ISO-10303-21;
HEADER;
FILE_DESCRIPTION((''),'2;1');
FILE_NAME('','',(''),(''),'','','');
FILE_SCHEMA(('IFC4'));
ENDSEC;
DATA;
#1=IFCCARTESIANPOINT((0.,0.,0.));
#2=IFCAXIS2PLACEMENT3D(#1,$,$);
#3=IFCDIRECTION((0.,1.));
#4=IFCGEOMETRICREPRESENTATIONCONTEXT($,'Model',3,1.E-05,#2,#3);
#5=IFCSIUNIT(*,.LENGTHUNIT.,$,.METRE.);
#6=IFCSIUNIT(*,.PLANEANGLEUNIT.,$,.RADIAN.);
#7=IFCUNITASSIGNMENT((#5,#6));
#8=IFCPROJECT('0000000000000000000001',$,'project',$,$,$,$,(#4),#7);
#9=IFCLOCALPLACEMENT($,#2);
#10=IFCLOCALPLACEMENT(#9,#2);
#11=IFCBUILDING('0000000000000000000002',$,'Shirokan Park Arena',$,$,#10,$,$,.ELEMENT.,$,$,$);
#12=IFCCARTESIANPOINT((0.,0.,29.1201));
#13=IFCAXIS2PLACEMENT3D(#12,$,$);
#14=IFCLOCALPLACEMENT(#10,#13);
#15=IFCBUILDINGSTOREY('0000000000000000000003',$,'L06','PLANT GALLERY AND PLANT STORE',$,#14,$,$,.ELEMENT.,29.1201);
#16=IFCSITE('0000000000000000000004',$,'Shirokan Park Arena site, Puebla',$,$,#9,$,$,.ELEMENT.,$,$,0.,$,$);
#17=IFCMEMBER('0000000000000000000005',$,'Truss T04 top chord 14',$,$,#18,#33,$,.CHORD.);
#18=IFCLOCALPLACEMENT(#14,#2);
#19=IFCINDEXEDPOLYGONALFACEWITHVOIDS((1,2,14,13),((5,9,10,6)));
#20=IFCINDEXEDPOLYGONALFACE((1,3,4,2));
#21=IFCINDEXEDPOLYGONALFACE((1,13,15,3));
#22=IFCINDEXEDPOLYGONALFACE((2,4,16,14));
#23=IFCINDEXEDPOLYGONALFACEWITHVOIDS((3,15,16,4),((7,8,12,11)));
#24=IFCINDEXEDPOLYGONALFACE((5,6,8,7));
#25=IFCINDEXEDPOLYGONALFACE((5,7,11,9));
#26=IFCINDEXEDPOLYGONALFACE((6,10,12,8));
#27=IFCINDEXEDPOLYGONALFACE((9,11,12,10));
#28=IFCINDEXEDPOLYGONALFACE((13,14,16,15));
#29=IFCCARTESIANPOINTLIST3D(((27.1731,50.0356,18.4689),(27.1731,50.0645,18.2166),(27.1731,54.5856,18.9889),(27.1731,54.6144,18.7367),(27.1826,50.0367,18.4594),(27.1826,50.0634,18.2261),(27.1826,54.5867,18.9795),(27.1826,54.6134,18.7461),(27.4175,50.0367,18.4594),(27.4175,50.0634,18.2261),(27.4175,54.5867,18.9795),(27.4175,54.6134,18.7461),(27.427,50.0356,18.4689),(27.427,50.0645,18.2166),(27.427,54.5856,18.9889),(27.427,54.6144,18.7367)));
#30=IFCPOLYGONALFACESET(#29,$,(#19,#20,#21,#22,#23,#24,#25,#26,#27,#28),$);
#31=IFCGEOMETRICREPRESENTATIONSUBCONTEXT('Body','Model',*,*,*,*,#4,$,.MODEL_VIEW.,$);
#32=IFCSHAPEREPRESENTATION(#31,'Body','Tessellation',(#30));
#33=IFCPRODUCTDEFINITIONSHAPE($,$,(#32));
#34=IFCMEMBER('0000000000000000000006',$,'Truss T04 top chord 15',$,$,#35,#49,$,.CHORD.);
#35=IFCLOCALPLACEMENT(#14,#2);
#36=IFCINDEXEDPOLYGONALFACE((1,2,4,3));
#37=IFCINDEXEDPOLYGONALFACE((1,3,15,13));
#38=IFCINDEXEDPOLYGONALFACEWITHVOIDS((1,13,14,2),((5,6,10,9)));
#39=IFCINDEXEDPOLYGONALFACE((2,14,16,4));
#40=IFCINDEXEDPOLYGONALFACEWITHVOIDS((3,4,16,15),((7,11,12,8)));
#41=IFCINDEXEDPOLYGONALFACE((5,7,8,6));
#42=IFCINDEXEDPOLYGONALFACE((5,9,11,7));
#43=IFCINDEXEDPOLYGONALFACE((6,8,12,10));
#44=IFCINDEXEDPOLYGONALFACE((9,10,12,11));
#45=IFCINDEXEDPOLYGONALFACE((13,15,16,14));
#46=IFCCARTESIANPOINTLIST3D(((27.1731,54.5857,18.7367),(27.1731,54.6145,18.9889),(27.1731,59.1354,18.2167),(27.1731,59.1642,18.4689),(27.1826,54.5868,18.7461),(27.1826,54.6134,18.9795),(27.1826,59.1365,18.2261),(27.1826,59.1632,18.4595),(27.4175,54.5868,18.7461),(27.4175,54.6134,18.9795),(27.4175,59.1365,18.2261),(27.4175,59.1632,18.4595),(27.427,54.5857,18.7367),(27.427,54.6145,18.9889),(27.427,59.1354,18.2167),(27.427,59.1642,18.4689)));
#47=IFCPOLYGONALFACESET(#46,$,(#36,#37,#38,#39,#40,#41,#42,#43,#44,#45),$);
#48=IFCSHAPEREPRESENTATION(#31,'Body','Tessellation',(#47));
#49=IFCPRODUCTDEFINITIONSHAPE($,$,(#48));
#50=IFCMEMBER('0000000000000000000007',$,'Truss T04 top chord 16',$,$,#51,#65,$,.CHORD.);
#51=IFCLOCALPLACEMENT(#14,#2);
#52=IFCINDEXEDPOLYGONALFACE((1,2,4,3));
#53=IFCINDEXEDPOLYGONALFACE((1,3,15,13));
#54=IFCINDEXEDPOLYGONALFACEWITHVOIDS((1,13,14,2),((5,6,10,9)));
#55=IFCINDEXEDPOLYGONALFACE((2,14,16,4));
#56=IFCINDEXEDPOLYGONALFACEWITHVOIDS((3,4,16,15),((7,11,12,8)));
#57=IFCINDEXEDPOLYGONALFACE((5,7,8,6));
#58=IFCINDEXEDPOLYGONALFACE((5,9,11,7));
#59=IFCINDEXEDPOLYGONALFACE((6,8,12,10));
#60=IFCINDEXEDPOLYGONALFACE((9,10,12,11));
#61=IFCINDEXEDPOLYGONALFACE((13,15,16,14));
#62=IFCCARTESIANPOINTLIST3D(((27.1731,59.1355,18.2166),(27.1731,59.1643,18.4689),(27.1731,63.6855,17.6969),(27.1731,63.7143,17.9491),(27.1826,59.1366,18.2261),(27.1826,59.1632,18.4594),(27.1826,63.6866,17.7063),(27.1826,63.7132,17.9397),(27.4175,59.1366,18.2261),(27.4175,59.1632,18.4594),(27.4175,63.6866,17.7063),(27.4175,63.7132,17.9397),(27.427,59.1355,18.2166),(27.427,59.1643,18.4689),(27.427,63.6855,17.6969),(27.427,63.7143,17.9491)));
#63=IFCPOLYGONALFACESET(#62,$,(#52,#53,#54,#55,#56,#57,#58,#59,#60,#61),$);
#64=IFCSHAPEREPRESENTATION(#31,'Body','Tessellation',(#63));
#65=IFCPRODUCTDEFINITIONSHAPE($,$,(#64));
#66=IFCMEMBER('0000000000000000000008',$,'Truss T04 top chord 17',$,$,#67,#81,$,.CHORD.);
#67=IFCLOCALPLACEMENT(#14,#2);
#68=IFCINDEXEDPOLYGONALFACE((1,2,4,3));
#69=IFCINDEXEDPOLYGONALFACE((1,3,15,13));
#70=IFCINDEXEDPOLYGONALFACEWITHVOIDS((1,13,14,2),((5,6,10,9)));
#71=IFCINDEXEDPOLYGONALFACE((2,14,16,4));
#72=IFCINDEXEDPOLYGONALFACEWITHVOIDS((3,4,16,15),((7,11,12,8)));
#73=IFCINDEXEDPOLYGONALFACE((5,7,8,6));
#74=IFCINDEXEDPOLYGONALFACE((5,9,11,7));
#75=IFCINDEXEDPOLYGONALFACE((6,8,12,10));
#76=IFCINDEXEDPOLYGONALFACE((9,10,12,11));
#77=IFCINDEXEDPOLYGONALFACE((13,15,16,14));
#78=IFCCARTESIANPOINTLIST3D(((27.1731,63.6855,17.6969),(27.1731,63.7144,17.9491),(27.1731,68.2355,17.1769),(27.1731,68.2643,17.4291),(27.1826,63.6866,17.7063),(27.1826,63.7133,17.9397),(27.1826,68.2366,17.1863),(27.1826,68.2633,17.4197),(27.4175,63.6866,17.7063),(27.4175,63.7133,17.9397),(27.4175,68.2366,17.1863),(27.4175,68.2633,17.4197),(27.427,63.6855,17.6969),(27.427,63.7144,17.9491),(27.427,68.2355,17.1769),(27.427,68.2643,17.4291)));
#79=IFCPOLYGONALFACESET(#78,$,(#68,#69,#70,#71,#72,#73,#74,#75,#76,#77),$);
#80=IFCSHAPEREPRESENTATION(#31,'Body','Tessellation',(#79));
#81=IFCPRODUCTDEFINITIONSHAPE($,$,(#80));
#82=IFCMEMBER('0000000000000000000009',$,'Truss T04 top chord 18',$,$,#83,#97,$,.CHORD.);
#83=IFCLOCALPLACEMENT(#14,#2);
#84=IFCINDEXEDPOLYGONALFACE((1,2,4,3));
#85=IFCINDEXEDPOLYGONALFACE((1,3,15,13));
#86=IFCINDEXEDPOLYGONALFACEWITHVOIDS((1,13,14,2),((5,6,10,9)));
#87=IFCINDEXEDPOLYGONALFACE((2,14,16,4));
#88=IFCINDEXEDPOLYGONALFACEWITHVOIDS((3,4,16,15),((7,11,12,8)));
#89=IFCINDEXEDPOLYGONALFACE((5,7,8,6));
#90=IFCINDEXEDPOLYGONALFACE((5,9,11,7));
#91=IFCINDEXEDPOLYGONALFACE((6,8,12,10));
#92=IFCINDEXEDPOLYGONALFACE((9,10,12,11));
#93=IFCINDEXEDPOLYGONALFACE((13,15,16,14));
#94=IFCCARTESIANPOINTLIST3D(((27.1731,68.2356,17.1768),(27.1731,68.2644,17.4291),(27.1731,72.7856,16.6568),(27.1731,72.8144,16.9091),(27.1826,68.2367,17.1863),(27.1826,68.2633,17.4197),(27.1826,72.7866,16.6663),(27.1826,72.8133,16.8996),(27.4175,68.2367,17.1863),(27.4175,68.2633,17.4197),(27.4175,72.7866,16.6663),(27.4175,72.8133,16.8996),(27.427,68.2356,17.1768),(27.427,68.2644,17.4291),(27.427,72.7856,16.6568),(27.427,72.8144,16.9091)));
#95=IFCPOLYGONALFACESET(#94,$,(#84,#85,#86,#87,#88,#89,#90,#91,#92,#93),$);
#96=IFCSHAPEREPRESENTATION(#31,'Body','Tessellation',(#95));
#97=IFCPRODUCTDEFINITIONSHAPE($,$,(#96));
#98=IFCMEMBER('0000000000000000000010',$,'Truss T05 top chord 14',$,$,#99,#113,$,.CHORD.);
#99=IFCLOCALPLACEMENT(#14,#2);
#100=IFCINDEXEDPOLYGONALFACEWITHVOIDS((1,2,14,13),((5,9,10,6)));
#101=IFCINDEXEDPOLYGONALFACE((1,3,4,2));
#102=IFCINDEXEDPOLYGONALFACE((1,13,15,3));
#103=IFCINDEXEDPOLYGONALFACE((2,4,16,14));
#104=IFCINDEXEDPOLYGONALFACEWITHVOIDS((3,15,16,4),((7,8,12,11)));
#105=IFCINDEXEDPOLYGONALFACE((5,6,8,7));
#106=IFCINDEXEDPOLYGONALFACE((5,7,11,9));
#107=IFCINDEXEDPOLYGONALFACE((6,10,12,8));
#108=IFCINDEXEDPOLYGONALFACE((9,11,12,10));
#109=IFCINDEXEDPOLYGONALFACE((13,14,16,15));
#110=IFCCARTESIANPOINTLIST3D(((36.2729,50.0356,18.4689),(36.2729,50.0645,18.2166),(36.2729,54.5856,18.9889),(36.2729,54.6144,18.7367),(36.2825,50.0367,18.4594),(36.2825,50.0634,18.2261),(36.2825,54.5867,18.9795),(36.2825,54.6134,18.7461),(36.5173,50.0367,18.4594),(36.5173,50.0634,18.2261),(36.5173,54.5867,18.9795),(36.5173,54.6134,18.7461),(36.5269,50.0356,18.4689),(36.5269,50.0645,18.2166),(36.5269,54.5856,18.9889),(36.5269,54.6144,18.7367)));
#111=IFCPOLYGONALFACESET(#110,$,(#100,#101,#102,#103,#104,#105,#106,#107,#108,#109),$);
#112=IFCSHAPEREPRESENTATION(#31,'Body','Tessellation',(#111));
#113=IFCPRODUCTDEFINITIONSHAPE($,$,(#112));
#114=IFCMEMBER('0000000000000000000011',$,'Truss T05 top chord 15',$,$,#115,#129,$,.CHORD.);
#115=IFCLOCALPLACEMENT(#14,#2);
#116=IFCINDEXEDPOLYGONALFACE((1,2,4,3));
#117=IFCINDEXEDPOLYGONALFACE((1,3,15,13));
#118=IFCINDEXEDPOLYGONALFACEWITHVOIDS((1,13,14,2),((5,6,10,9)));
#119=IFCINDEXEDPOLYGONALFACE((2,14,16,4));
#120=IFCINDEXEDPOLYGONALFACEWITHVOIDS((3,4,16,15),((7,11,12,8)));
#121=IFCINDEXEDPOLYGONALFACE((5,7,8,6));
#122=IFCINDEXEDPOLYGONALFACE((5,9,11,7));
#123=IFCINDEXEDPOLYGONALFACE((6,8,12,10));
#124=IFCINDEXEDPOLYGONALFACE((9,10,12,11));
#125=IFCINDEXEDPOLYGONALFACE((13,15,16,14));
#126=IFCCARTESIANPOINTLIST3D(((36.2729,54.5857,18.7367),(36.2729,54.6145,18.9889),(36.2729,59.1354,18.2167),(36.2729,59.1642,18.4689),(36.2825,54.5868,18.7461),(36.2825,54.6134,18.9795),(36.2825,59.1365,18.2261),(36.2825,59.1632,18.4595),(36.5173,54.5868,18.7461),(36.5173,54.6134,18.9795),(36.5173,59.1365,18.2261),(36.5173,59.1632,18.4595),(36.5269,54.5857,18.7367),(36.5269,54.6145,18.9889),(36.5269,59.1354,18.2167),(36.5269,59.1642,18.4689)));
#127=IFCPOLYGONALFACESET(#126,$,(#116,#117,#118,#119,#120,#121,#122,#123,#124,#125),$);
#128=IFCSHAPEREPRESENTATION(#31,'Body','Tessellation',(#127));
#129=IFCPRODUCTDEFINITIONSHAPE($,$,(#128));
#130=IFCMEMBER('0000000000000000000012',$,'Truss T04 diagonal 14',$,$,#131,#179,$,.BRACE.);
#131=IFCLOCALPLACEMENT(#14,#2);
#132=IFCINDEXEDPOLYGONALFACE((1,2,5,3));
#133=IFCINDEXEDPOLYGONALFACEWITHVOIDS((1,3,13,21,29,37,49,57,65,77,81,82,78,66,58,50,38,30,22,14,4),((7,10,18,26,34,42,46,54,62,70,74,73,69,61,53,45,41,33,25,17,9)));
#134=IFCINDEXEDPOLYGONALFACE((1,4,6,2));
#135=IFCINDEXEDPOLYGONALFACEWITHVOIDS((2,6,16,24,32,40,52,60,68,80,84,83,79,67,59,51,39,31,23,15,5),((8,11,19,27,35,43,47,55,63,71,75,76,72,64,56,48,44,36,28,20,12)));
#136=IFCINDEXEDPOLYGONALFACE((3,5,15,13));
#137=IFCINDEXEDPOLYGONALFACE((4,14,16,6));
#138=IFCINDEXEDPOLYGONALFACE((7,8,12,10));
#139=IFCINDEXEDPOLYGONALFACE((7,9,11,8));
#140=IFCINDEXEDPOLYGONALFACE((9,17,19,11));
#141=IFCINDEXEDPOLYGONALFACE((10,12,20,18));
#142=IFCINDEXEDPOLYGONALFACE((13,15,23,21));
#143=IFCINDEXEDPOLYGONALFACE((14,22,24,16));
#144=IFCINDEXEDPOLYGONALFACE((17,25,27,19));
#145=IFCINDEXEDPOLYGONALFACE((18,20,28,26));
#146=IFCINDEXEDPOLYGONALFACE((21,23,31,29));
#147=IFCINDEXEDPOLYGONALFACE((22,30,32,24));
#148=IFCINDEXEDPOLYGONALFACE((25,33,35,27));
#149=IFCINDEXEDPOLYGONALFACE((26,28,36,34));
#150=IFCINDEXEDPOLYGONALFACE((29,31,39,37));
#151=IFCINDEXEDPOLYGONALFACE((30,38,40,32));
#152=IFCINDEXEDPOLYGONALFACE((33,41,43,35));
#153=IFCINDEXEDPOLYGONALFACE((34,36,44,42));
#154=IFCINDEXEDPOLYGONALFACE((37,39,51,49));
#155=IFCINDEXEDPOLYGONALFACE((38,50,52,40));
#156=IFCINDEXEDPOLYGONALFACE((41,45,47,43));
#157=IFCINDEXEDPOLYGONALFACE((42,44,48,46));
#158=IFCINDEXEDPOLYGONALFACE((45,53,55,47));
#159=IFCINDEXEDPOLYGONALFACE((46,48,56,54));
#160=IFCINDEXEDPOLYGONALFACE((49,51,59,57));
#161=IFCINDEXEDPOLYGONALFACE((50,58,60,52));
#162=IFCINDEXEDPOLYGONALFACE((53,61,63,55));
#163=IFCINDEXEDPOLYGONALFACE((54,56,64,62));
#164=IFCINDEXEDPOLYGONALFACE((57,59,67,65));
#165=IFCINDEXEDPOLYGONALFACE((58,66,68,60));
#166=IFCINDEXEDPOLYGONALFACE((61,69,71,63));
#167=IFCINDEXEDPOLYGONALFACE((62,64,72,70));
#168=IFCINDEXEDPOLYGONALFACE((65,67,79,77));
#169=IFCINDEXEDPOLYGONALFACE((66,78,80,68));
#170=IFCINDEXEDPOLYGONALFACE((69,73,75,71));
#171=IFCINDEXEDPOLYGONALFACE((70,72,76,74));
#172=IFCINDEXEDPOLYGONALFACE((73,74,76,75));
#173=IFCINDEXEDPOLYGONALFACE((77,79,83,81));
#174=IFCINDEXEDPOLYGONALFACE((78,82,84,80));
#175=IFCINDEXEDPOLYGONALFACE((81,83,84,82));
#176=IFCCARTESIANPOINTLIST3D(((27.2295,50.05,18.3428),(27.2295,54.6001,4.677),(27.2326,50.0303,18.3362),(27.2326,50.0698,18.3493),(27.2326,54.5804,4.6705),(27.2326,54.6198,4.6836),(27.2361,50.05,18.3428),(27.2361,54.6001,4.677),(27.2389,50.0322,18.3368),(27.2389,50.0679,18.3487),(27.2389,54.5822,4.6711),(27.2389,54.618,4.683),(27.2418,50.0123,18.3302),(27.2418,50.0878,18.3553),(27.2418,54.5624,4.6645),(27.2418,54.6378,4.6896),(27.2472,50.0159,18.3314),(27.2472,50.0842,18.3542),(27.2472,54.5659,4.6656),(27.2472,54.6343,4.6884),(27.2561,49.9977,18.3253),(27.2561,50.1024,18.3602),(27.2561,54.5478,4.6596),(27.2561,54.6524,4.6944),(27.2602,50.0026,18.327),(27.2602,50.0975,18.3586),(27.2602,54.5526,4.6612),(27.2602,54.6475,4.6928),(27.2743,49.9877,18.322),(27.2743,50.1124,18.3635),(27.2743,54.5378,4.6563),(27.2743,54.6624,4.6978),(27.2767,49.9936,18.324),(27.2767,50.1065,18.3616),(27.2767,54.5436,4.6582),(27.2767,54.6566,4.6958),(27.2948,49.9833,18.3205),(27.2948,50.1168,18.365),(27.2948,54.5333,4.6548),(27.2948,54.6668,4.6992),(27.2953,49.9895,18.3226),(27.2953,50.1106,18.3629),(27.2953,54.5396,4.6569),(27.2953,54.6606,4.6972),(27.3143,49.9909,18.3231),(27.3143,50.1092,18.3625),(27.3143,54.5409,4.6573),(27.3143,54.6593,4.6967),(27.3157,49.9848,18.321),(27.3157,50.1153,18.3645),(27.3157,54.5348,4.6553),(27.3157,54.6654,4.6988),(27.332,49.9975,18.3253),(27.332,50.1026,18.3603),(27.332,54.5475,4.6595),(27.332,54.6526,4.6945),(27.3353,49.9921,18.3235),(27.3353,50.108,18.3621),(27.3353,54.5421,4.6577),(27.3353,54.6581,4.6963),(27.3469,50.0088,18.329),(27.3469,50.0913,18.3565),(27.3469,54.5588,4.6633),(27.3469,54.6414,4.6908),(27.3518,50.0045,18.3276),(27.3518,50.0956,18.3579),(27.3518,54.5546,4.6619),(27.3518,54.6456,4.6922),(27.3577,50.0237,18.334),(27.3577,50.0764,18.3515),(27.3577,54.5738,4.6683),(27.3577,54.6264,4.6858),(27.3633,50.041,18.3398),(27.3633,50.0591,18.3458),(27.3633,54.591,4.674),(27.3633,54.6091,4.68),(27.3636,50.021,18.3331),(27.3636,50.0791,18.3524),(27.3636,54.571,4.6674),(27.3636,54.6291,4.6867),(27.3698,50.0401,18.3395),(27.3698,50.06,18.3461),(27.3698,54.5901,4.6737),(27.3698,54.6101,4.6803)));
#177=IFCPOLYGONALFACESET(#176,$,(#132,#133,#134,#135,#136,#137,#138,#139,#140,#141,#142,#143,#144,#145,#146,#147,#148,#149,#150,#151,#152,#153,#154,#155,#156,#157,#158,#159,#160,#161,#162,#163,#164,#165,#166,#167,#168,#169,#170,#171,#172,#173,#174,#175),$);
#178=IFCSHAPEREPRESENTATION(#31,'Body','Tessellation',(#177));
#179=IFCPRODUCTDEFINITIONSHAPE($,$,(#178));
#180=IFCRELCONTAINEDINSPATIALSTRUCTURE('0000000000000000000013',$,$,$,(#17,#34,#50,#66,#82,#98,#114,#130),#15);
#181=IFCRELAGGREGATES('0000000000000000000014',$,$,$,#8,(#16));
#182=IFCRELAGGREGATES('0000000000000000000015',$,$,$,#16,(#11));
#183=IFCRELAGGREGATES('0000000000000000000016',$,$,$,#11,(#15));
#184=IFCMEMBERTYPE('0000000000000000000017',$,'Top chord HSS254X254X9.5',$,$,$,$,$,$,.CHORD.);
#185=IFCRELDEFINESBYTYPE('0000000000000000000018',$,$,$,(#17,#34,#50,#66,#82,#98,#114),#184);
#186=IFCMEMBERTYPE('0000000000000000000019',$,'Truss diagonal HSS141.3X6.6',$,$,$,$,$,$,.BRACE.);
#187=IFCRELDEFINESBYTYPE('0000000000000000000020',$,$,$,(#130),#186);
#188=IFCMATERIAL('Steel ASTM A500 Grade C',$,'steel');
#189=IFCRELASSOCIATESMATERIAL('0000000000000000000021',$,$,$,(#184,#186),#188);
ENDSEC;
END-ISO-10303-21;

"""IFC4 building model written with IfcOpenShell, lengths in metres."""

from ifc_helpers import new_model, si_unit, direction, frame, origin, origin_2d, place, context, subcontext, project, spatial, hollow_rectangle, hollow_circle, extrude, material, material_profile, profile_set, type_object, element, save


model = new_model("IFC4")

# Units and contexts
model_context = context("Model", 3, precision=1e-05, world=origin(), true_north=direction((0.0, 1.0)))
body_context = subcontext(model_context, "Body", "Model", "MODEL_VIEW")
ifc_project = project(units=[si_unit("LENGTHUNIT", "METRE"), si_unit("PLANEANGLEUNIT", "RADIAN")], contexts=[model_context])

# Site, building, storey
site_placement = place(None, origin())
site = spatial("IfcSite", under=ifc_project, at=site_placement, Name="Shirokan Park Arena site, Puebla", CompositionType="ELEMENT", RefElevation=0.0)
building_placement = place(site_placement, origin())
building = spatial("IfcBuilding", under=site, at=building_placement, Name="Shirokan Park Arena", CompositionType="ELEMENT")
storey_placement = place(building_placement, frame((0.0, 0.0, 29.1201)))
storey = spatial("IfcBuildingStorey", under=building, at=storey_placement, Name="L06", Description="PLANT GALLERY AND PLANT STORE", CompositionType="ELEMENT", Elevation=29.1201)

# Members
ifc_material_1 = material(Name="Steel ASTM A500 Grade C", Category="steel")
ifc_material_profile_1 = material_profile(ifc_material_1, hollow_rectangle(XDim=0.2539, YDim=0.2539, WallThickness=0.0095, at=origin_2d()), Name="HSS254X254X9.5")
ifc_profile_set_1 = profile_set([ifc_material_profile_1], Name="Steel ASTM A500 Grade C")
member_type_1 = type_object("IfcMemberType", Name="Top chord HSS254X254X9.5", PredefinedType="CHORD", material=ifc_profile_set_1)
member_1_placement = place(storey_placement, frame((27.3, 50.05, 18.3428), z_axis=(0.0, 0.993532, 0.11355), x_axis=(-1.0, 0.0, 0.0)))
element("IfcMember", 1, at=member_1_placement, inside=storey, type_object=member_type_1, Name="Truss T04 top chord 14", PredefinedType="CHORD", context=body_context, shape_type="SweptSolid", body=[
    extrude(hollow_rectangle(XDim=0.2539, YDim=0.2539, WallThickness=0.0095, at=origin_2d()), origin(), (0.0, 0.0, 1.0), 4.5796),
])
member_2_placement = place(storey_placement, frame((27.3, 54.6001, 18.8628), z_axis=(0.0, 0.993532, -0.113556), x_axis=(-1.0, 0.0, 0.0)))
element("IfcMember", 2, at=member_2_placement, inside=storey, type_object=member_type_1, Name="Truss T04 top chord 15", PredefinedType="CHORD", context=body_context, shape_type="SweptSolid", body=[
    extrude(hollow_rectangle(XDim=0.2539, YDim=0.2539, WallThickness=0.0095, at=origin_2d()), origin(), (0.0, 0.0, 1.0), 4.5793),
])
for number, where, z_axis, x_axis, name in (
    (3, (27.3, 59.1499, 18.3428), (0.0, 0.993538, -0.113497), (-1.0, 0.0, 0.0), "Truss T04 top chord 16"),
    (4, (27.3, 63.7, 17.823), (0.0, 0.993532, -0.11355), (-1.0, 0.0, 0.0), "Truss T04 top chord 17"),
    (5, (27.3, 68.25, 17.303), (0.0, 0.993532, -0.11355), (-1.0, 0.0, 0.0), "Truss T04 top chord 18"),
    (6, (36.3999, 50.05, 18.3428), (0.0, 0.993532, 0.11355), (-1.0, 0.0, 0.0), "Truss T05 top chord 14"),
):
    element("IfcMember", number, at=place(storey_placement, frame(where, z_axis=z_axis, x_axis=x_axis)), inside=storey, type_object=member_type_1, Name=name, PredefinedType="CHORD", context=body_context, shape_type="SweptSolid", body=[
        extrude(hollow_rectangle(XDim=0.2539, YDim=0.2539, WallThickness=0.0095, at=origin_2d()), origin(), (0.0, 0.0, 1.0), 4.5796),
    ])
member_3_placement = place(storey_placement, frame((36.3999, 54.6001, 18.8628), z_axis=(0.0, 0.993532, -0.113556), x_axis=(-1.0, 0.0, 0.0)))
element("IfcMember", 7, at=member_3_placement, inside=storey, type_object=member_type_1, Name="Truss T05 top chord 15", PredefinedType="CHORD", context=body_context, shape_type="SweptSolid", body=[
    extrude(hollow_rectangle(XDim=0.2539, YDim=0.2539, WallThickness=0.0095, at=origin_2d()), origin(), (0.0, 0.0, 1.0), 4.5793),
])
ifc_material_profile_2 = material_profile(ifc_material_1, hollow_circle(Radius=0.0706, WallThickness=0.0066, at=origin_2d()), Name="HSS141.3X6.6")
ifc_profile_set_2 = profile_set([ifc_material_profile_2], Name="Steel ASTM A500 Grade C")
member_type_2 = type_object("IfcMemberType", Name="Truss diagonal HSS141.3X6.6", PredefinedType="BRACE", material=ifc_profile_set_2)
for number, where, z_axis, x_axis, name in (
    (8, (27.3, 50.05, 18.3428), (0.0, 0.315902, -0.948792), (-1.0, 0.0, 0.0), "Truss T04 diagonal 14"),
):
    element("IfcMember", number, at=place(storey_placement, frame(where, z_axis=z_axis, x_axis=x_axis)), inside=storey, type_object=member_type_2, Name=name, PredefinedType="BRACE", context=body_context, shape_type="SweptSolid", body=[
        extrude(hollow_circle(Radius=0.0706, WallThickness=0.0066, at=origin_2d()), origin(), (0.0, 0.0, 1.0), 14.4033),
    ])

save(model, "model.ifc")
